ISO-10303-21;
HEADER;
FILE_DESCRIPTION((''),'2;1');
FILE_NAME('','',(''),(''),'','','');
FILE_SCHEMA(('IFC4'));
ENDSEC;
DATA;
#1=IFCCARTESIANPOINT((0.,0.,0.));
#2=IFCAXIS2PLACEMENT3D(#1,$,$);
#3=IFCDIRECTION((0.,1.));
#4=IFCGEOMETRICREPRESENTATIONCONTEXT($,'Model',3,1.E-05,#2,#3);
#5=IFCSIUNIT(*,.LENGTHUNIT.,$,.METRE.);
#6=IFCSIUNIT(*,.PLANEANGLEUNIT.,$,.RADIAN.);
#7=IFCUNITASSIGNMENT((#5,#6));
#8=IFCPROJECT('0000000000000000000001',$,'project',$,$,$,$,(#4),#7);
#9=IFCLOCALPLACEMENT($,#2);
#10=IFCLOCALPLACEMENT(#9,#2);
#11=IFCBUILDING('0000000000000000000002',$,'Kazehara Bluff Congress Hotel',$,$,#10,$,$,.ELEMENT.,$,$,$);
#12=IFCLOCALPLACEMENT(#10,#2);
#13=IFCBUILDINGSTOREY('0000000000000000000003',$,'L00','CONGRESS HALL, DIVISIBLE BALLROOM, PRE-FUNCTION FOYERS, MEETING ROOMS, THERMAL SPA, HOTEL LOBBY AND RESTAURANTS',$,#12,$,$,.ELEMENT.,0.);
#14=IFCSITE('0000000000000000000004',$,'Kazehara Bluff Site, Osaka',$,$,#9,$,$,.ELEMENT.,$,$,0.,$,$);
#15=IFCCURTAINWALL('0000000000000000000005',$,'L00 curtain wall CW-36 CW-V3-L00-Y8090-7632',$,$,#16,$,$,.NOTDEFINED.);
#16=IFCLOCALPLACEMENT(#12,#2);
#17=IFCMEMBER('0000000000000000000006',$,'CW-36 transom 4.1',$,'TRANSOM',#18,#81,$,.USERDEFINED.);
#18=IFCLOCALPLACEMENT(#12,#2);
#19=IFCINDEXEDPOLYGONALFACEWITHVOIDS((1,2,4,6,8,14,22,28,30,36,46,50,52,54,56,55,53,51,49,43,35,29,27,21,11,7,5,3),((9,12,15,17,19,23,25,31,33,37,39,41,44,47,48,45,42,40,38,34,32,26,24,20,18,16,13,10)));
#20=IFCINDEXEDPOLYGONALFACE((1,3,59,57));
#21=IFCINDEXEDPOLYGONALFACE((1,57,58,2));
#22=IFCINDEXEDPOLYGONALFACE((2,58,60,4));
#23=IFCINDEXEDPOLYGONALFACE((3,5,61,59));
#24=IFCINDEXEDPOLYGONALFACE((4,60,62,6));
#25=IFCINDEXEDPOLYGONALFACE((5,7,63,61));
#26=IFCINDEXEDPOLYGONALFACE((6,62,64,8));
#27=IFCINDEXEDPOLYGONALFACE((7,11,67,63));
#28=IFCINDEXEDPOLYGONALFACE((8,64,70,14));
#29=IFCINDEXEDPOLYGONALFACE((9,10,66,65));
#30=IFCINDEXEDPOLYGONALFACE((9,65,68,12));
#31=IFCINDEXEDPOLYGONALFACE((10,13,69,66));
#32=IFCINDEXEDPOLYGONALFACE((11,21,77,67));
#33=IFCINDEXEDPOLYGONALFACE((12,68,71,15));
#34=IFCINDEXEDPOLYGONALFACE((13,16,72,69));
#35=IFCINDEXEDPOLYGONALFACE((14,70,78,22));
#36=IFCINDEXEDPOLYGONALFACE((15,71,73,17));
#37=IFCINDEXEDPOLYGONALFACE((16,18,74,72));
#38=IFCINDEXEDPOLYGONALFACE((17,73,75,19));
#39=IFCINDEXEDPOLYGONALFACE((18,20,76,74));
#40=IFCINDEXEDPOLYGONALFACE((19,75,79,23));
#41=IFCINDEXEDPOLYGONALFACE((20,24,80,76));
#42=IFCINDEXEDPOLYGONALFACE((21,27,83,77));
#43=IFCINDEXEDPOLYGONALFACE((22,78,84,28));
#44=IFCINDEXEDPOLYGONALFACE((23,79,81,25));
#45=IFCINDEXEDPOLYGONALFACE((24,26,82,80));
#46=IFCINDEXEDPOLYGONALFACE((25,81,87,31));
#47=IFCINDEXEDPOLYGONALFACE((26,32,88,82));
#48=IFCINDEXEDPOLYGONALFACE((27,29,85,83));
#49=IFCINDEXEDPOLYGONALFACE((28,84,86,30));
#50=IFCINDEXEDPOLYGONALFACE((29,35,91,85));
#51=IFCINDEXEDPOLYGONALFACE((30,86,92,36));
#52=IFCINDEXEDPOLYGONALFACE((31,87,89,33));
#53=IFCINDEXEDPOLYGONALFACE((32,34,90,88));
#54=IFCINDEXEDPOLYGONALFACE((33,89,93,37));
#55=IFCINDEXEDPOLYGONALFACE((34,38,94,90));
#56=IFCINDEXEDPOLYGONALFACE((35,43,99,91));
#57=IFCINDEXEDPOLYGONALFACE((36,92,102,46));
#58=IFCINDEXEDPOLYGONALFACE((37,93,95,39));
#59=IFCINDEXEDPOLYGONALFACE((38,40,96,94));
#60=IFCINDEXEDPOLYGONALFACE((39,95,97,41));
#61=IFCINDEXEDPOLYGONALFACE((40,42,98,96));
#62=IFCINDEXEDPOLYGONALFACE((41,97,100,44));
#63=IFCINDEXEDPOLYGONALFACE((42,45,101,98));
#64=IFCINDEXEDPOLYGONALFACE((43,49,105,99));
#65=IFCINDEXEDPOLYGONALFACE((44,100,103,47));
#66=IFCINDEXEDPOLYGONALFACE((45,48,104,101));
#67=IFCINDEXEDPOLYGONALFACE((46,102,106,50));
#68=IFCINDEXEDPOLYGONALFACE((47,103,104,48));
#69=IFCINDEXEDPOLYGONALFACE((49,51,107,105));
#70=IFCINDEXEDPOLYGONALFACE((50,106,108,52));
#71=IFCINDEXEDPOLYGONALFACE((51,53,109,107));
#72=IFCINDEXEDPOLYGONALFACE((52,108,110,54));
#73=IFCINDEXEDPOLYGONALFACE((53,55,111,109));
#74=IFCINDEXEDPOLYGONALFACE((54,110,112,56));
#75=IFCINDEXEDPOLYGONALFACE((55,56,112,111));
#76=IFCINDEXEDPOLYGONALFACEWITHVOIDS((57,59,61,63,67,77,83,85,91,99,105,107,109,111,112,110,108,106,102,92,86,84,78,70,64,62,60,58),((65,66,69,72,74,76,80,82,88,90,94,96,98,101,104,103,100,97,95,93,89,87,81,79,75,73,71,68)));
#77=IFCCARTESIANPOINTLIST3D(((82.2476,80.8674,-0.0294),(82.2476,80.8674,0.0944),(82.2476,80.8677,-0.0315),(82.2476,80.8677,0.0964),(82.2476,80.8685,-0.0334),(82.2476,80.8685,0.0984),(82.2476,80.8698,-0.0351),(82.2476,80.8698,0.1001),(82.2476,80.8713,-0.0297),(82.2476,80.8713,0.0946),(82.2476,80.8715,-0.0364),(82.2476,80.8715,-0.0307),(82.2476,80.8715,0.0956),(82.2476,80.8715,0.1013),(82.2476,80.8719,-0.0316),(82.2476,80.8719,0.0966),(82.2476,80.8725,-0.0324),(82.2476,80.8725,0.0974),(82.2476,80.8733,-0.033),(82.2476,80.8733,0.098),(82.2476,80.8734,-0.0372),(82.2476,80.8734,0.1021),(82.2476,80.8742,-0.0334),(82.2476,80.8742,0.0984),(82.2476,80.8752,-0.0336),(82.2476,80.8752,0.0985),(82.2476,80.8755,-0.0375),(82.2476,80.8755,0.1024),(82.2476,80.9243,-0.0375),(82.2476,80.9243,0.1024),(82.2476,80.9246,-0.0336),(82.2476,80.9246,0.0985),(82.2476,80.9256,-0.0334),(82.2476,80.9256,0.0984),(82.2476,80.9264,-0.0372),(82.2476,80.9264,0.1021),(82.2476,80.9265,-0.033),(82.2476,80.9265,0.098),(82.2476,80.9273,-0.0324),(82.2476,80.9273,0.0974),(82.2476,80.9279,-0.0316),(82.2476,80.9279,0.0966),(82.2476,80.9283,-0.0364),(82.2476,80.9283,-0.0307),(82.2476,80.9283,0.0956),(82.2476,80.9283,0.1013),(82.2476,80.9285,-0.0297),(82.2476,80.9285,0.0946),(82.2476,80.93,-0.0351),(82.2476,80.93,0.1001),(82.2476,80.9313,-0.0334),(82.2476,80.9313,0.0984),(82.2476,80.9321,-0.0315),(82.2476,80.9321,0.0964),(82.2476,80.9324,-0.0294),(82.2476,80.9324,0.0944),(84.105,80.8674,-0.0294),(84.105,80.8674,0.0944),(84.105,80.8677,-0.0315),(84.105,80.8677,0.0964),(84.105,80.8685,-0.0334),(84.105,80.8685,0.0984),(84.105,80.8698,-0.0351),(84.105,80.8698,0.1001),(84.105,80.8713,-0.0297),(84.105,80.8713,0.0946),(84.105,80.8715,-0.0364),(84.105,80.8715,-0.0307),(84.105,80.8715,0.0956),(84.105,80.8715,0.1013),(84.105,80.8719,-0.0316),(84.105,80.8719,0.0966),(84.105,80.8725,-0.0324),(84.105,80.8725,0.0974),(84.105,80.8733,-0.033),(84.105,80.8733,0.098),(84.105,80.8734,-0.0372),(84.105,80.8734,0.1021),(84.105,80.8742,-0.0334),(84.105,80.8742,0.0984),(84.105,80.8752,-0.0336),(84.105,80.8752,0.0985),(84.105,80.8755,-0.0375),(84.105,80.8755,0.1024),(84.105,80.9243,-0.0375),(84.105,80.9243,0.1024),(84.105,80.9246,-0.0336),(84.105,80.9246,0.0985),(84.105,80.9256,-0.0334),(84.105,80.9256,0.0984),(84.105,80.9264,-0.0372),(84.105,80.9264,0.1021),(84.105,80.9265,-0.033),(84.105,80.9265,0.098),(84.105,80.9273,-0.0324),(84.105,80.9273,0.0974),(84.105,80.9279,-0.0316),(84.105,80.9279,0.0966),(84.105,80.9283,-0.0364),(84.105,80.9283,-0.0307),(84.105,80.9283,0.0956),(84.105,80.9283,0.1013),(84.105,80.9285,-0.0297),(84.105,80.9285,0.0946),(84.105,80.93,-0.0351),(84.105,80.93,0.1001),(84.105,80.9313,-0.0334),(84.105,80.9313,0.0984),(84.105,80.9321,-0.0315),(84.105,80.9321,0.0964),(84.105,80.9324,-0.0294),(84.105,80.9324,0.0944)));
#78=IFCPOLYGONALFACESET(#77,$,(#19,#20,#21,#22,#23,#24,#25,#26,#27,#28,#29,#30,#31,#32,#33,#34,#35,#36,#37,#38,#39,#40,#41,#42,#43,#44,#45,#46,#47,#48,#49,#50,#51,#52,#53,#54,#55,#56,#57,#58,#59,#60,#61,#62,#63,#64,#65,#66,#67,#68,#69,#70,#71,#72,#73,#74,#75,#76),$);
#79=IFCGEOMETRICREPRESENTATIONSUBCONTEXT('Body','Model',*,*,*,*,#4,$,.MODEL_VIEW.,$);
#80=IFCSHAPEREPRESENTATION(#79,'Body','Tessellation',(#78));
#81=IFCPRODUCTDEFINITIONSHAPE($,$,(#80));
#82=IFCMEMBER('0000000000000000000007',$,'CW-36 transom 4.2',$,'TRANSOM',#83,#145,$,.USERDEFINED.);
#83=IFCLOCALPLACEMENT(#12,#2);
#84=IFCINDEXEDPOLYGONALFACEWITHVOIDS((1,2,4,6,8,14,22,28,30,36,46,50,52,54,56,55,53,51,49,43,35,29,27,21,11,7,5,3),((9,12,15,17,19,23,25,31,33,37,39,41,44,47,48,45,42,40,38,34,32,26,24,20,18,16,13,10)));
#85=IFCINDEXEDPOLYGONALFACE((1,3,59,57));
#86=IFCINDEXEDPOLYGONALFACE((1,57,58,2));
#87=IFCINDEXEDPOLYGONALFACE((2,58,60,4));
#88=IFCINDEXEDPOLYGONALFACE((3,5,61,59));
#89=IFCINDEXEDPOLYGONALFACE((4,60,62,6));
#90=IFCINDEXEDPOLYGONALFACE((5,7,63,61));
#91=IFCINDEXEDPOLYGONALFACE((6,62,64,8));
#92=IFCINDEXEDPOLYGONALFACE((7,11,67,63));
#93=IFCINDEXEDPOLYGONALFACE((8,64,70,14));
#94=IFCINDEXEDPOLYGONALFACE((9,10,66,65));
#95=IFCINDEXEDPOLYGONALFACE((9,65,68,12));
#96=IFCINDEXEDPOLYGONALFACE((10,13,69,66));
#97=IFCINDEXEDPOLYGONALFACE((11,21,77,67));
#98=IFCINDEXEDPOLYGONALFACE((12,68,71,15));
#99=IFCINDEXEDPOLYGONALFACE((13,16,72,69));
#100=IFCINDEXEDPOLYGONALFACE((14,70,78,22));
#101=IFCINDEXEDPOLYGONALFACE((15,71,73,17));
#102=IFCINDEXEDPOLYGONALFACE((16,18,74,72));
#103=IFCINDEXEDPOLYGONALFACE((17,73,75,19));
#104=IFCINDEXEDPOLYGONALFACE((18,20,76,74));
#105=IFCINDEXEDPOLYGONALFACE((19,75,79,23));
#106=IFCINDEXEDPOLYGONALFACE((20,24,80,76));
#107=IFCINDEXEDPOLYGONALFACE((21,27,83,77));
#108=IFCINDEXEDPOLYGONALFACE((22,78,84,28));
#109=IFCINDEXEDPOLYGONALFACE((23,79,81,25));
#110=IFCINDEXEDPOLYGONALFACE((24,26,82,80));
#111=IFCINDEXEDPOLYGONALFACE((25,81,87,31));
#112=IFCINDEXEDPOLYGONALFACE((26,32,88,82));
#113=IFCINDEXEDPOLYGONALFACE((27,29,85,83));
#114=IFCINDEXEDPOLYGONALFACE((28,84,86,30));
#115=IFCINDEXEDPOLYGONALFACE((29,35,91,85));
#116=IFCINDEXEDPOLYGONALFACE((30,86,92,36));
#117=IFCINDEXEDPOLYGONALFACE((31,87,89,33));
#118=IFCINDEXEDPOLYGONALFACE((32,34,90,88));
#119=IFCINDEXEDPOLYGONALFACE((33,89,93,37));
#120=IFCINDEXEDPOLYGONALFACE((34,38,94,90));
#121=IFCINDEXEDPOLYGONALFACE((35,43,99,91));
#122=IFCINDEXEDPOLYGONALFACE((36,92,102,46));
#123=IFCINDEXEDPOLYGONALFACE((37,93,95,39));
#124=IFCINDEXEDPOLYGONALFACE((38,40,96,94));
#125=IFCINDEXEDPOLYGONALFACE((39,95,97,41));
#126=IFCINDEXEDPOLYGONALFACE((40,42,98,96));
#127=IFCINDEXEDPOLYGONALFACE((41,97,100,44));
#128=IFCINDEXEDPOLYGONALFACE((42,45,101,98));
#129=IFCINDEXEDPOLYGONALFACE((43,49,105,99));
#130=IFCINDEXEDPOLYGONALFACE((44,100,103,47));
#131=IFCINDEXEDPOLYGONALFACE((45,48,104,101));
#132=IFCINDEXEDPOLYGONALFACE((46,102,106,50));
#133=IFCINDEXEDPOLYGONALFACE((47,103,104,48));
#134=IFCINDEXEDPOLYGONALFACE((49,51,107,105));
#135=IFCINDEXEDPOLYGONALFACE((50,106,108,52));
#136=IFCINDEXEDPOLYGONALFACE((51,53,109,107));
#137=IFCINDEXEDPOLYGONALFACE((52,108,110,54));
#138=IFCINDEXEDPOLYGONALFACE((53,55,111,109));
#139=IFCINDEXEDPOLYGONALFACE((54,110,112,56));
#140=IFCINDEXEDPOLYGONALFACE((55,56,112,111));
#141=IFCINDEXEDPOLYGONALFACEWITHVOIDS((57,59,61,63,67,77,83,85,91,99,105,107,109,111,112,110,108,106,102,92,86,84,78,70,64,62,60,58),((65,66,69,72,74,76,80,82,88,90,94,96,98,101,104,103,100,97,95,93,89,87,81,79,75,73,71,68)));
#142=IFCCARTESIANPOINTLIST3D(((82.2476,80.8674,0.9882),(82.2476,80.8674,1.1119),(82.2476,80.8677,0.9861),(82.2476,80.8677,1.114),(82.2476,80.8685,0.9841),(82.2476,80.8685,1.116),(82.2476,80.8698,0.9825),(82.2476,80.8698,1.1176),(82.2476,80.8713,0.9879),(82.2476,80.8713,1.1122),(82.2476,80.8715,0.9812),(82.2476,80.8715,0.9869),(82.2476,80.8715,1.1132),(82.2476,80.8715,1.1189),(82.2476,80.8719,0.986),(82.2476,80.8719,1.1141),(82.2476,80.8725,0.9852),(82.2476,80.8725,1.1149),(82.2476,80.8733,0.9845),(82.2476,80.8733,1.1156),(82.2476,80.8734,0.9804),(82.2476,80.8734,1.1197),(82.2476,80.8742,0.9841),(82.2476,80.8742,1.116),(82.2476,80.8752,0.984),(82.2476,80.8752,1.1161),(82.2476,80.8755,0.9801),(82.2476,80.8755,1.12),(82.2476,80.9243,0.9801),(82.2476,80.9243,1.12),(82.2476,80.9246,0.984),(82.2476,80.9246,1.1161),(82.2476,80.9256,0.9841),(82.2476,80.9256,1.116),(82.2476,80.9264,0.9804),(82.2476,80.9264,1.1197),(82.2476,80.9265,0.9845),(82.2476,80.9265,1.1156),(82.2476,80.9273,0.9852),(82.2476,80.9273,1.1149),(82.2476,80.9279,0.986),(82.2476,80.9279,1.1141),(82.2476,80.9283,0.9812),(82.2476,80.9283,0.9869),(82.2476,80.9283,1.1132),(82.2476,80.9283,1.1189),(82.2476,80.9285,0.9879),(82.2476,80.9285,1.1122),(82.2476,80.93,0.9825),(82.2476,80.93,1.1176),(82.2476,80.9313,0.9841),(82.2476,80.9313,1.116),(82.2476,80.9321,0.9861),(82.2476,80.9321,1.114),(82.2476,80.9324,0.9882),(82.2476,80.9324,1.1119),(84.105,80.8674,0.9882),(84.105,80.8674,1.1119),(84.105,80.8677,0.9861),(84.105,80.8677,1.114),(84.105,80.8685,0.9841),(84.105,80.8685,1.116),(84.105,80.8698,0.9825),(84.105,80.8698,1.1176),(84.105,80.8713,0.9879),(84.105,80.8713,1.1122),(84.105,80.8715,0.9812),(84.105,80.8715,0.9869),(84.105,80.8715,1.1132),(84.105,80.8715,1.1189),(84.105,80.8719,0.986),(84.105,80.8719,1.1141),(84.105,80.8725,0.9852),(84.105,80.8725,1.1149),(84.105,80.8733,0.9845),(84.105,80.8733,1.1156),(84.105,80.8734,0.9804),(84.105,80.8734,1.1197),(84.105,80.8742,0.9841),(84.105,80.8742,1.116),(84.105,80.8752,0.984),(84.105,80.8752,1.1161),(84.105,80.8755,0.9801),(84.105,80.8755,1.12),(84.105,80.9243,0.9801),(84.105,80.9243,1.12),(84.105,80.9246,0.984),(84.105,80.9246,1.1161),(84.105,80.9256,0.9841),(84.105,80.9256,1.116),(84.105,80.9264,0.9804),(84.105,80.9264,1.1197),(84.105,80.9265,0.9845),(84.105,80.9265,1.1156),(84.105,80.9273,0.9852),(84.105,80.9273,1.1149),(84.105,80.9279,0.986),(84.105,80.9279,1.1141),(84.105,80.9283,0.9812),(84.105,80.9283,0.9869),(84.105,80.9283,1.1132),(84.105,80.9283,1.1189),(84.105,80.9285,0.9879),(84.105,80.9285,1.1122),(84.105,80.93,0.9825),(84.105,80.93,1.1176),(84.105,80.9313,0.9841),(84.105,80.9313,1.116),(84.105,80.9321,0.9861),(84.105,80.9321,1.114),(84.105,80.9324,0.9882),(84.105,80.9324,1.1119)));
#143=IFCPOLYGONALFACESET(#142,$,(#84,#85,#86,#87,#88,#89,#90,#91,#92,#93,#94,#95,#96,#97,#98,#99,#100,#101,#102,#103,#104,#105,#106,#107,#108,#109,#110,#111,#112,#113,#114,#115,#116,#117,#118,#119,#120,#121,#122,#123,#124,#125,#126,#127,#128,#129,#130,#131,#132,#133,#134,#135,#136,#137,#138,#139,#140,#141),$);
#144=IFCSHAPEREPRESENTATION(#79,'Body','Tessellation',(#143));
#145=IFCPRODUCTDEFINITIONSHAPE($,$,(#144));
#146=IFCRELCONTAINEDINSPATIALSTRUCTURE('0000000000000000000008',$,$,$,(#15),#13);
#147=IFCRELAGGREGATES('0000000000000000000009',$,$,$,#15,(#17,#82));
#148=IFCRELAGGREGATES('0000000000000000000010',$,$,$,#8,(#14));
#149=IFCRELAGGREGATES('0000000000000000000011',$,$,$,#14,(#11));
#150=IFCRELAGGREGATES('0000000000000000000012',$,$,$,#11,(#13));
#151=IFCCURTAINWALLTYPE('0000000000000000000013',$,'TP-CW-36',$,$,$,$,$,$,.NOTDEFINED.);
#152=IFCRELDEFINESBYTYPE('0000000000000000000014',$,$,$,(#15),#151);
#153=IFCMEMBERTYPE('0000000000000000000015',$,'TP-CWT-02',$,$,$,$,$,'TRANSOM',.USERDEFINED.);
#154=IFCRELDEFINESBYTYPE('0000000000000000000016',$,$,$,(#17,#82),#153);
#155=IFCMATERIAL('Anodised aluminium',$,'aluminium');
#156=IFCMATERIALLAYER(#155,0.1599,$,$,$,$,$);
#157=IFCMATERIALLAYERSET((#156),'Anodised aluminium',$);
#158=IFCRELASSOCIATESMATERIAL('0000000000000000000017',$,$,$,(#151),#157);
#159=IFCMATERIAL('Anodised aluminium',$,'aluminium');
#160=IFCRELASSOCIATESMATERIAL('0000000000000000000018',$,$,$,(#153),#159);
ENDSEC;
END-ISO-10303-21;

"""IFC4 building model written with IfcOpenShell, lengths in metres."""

from ifc_helpers import new_model, si_unit, direction, frame, origin, origin_2d, place, context, subcontext, project, spatial, hollow_rectangle, extrude, material, layer, layer_set, material_profile, profile_set, type_object, element, aggregate, save


model = new_model("IFC4")

# Units and contexts
model_context = context("Model", 3, precision=1e-05, world=origin(), true_north=direction((0.0, 1.0)))
body_context = subcontext(model_context, "Body", "Model", "MODEL_VIEW")
ifc_project = project(units=[si_unit("LENGTHUNIT", "METRE"), si_unit("PLANEANGLEUNIT", "RADIAN")], contexts=[model_context])

# Site, building, storey
site_placement = place(None, origin())
site = spatial("IfcSite", under=ifc_project, at=site_placement, Name="Kazehara Bluff Site, Osaka", CompositionType="ELEMENT", RefElevation=0.0)
building_placement = place(site_placement, origin())
building = spatial("IfcBuilding", under=site, at=building_placement, Name="Kazehara Bluff Congress Hotel", CompositionType="ELEMENT")
storey_placement = place(building_placement, origin())
storey = spatial("IfcBuildingStorey", under=building, at=storey_placement, Name="L00", Description="CONGRESS HALL, DIVISIBLE BALLROOM, PRE-FUNCTION FOYERS, MEETING ROOMS, THERMAL SPA, HOTEL LOBBY AND RESTAURANTS", CompositionType="ELEMENT", Elevation=0.0)

# Curtain wall, members
ifc_material_1 = material(Name="Anodised aluminium", Category="aluminium")
ifc_layer_1 = layer(ifc_material_1, 0.1599)
ifc_layer_set_1 = layer_set([ifc_layer_1], Name="Anodised aluminium")
curtain_wall_type = type_object("IfcCurtainWallType", Name="TP-CW-36", PredefinedType="NOTDEFINED", material=ifc_layer_set_1)
curtain_wall_placement = place(storey_placement, origin())
curtain_wall = element("IfcCurtainWall", 1, at=curtain_wall_placement, inside=storey, type_object=curtain_wall_type, Name="L00 curtain wall CW-36 CW-V3-L00-Y8090-7632", PredefinedType="NOTDEFINED")
ifc_material_2 = material(Name="Anodised aluminium", Category="aluminium")
ifc_material_profile_1 = material_profile(ifc_material_2, hollow_rectangle(XDim=0.0649, YDim=0.1399, WallThickness=0.0039, InnerFilletRadius=0.0039, OuterFilletRadius=0.0081, at=origin_2d()))
ifc_profile_set_1 = profile_set([ifc_material_profile_1], Name="Anodised aluminium")
member_type_1 = type_object("IfcMemberType", Name="TP-CWT-02", ElementType="TRANSOM", PredefinedType="USERDEFINED", material=ifc_profile_set_1)
member_1_placement = place(storey_placement, frame((82.2476, 80.8999, 0.0325), z_axis=(1.0, 0.0, 0.0), x_axis=(0.0, 1.0, 0.0)))
member_1 = element("IfcMember", 2, at=member_1_placement, type_object=member_type_1, Name="CW-36 transom 4.1", ObjectType="TRANSOM", PredefinedType="USERDEFINED", context=body_context, shape_type="SweptSolid", body=[
    extrude(hollow_rectangle(XDim=0.0649, YDim=0.1399, WallThickness=0.0039, InnerFilletRadius=0.0039, OuterFilletRadius=0.0081, at=origin_2d()), origin(), (0.0, 0.0, 1.0), 1.8574),
])
member_2_placement = place(storey_placement, frame((82.2476, 80.8999, 1.05), z_axis=(1.0, 0.0, 0.0), x_axis=(0.0, 1.0, 0.0)))
member_2 = element("IfcMember", 3, at=member_2_placement, type_object=member_type_1, Name="CW-36 transom 4.2", ObjectType="TRANSOM", PredefinedType="USERDEFINED", context=body_context, shape_type="SweptSolid", body=[
    extrude(hollow_rectangle(XDim=0.0649, YDim=0.1399, WallThickness=0.0039, InnerFilletRadius=0.0039, OuterFilletRadius=0.0081, at=origin_2d()), origin(), (0.0, 0.0, 1.0), 1.8574),
])

aggregate(curtain_wall, [member_1, member_2])

save(model, "model.ifc")
